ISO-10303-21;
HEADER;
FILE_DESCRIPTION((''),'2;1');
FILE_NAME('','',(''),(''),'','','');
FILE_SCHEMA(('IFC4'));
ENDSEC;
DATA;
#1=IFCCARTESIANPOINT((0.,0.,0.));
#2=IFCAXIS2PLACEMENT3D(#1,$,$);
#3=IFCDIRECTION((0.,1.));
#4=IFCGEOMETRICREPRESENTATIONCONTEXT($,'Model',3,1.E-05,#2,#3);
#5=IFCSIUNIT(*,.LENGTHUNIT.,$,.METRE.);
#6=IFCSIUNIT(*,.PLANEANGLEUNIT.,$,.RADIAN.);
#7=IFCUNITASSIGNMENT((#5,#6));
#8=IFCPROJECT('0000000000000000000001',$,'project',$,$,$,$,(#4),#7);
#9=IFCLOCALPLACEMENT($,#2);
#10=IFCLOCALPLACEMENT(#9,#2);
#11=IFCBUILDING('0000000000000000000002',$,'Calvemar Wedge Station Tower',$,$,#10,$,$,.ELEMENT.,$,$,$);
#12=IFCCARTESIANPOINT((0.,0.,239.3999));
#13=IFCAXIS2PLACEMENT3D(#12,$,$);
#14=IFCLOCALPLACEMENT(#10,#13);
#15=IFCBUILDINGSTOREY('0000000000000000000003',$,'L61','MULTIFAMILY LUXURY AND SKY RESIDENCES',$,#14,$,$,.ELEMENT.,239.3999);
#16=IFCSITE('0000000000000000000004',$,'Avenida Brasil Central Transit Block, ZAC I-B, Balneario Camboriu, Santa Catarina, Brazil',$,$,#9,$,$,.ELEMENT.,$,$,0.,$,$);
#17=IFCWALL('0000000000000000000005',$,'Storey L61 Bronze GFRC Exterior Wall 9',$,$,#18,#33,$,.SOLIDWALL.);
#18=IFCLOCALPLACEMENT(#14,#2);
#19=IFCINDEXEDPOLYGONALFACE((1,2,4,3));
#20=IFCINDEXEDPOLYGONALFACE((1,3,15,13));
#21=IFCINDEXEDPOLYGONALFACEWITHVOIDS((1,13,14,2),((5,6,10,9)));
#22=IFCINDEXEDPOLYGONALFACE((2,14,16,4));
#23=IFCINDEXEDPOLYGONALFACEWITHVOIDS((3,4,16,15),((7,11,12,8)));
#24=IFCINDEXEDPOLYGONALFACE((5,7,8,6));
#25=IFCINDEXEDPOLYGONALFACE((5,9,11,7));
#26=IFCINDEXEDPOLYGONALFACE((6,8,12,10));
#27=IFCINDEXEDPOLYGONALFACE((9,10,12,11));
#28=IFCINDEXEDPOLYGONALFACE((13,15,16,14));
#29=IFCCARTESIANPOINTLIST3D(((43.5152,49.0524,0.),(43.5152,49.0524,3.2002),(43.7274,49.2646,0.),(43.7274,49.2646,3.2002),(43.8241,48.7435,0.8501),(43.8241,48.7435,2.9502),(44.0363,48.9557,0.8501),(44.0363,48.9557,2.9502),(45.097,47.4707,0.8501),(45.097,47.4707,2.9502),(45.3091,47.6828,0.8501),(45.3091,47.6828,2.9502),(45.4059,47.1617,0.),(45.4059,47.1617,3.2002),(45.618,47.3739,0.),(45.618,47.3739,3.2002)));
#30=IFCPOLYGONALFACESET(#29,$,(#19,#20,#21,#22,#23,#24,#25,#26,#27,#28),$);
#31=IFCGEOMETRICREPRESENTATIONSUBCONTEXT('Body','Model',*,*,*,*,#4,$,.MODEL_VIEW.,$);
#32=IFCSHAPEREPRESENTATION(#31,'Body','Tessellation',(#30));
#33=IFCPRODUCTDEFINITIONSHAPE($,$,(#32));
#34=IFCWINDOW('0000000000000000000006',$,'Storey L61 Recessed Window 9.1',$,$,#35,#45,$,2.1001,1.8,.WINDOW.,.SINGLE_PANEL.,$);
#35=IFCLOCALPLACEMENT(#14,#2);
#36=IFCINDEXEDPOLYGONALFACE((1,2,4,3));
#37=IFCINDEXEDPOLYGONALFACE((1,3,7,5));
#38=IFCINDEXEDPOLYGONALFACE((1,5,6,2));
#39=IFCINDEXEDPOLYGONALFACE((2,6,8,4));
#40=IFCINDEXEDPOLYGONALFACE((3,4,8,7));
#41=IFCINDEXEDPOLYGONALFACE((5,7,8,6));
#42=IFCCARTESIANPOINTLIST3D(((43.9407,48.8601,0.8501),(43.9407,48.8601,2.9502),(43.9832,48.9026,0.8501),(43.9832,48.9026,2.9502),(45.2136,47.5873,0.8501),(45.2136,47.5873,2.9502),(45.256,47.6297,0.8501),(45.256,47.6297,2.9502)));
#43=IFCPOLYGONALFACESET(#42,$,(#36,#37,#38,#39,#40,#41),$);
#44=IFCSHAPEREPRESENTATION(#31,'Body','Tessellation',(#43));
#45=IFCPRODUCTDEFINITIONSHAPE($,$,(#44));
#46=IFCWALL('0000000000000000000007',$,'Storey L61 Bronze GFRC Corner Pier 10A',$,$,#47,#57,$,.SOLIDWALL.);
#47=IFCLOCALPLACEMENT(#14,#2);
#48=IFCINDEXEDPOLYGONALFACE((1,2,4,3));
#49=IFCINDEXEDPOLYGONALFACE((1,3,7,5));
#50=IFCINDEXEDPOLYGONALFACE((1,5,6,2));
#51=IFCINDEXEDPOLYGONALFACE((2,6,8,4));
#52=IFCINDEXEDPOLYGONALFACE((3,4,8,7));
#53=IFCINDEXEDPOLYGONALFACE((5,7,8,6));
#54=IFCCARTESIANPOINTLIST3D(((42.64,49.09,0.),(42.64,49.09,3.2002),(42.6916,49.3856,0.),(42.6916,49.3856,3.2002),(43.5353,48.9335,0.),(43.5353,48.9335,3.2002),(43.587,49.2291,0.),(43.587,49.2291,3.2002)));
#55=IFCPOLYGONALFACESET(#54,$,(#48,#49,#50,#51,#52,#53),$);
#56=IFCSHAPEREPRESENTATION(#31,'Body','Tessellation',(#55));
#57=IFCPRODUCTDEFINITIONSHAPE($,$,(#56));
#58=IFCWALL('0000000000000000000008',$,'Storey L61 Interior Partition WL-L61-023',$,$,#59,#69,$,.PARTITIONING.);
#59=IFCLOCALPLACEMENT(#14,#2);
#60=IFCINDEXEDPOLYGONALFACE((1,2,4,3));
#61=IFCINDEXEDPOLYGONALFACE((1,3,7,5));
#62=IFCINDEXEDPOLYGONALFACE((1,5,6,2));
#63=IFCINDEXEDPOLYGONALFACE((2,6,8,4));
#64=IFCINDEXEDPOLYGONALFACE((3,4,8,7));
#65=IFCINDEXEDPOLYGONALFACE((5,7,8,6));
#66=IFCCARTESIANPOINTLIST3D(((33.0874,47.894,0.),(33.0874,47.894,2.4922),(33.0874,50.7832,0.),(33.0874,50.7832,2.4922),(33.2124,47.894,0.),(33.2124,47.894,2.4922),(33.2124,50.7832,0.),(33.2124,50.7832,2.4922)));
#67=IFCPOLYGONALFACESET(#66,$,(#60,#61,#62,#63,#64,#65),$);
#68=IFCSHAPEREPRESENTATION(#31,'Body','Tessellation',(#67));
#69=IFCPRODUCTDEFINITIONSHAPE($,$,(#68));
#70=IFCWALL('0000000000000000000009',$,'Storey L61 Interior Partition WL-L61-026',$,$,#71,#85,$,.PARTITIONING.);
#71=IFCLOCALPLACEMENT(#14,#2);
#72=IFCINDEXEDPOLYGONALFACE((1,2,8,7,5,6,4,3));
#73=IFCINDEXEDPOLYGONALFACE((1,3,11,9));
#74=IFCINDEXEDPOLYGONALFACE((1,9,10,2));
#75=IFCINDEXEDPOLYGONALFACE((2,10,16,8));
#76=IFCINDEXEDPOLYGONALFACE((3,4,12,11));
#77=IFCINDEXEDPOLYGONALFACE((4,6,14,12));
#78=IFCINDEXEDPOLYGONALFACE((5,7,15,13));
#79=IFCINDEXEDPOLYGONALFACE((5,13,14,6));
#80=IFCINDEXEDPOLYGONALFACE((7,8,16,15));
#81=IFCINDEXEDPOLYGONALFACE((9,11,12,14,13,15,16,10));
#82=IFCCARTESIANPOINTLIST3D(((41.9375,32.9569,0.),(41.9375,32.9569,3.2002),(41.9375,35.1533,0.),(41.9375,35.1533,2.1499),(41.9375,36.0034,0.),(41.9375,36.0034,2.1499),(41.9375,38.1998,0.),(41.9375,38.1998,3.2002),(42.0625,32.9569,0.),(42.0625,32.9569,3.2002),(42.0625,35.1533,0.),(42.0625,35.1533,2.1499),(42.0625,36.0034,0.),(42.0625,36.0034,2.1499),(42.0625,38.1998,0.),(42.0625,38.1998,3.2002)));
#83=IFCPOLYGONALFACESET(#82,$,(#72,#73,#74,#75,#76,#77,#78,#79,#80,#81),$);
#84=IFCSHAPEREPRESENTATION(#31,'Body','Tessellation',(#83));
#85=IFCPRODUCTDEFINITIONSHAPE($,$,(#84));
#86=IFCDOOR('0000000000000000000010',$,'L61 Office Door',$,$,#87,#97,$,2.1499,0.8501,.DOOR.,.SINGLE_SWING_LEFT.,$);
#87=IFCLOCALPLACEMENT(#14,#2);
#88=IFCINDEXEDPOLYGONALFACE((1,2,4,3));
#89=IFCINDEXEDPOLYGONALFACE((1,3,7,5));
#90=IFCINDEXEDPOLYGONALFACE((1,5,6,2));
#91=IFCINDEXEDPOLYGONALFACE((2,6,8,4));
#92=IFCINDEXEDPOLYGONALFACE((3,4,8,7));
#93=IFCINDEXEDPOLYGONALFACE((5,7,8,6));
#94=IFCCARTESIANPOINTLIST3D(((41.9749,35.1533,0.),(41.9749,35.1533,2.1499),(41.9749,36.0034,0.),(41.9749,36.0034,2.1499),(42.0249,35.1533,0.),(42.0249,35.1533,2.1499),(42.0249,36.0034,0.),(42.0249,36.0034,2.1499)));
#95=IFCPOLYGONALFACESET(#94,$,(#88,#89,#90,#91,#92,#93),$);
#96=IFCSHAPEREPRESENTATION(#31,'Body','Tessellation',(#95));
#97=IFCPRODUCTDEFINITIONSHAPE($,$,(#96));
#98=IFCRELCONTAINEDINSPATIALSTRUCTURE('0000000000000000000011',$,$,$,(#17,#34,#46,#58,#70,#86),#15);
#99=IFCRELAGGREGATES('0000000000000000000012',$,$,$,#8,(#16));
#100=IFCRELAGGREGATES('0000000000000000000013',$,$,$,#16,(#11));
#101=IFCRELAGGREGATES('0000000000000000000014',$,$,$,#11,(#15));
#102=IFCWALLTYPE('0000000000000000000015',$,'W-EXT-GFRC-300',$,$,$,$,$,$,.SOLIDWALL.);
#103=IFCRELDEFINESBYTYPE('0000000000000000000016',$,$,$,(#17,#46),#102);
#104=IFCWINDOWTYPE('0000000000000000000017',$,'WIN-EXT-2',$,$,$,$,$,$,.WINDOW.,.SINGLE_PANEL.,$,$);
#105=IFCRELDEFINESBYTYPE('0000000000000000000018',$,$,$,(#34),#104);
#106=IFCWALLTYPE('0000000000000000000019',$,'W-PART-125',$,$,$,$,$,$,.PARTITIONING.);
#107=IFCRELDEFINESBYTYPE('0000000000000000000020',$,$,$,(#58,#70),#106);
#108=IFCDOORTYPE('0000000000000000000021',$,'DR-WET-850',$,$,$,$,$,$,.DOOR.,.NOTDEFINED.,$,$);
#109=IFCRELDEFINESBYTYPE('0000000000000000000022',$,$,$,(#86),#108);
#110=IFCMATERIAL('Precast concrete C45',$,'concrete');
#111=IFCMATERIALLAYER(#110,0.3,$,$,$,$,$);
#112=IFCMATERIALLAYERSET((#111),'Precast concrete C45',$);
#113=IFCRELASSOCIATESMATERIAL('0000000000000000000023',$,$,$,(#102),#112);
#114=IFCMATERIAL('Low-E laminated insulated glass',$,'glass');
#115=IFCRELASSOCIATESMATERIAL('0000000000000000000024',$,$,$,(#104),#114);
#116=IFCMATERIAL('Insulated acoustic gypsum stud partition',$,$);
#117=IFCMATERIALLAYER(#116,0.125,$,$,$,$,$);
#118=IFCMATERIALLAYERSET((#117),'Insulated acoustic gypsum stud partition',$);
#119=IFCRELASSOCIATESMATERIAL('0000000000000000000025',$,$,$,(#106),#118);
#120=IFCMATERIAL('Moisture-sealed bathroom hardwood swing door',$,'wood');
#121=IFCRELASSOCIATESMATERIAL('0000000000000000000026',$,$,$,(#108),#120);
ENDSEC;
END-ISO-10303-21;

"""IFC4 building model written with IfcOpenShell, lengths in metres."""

from ifc_helpers import new_model, si_unit, direction, frame, frame_2d, origin, place, context, subcontext, project, spatial, rectangle, extrude, source, transform, mapped, material, layer, layer_set, type_object, element, fill, save


model = new_model("IFC4")

# Units and contexts
model_context = context("Model", 3, precision=1e-05, world=origin(), true_north=direction((0.0, 1.0)))
body_context = subcontext(model_context, "Body", "Model", "MODEL_VIEW")
ifc_project = project(units=[si_unit("LENGTHUNIT", "METRE"), si_unit("PLANEANGLEUNIT", "RADIAN")], contexts=[model_context])

# Site, building, storey
site_placement = place(None, origin())
site = spatial("IfcSite", under=ifc_project, at=site_placement, Name="Avenida Brasil Central Transit Block, ZAC I-B, Balneario Camboriu, Santa Catarina, Brazil", CompositionType="ELEMENT", RefElevation=0.0)
building_placement = place(site_placement, origin())
building = spatial("IfcBuilding", under=site, at=building_placement, Name="Calvemar Wedge Station Tower", CompositionType="ELEMENT")
storey_placement = place(building_placement, frame((0.0, 0.0, 239.3999)))
storey = spatial("IfcBuildingStorey", under=building, at=storey_placement, Name="L61", Description="MULTIFAMILY LUXURY AND SKY RESIDENCES", CompositionType="ELEMENT", Elevation=239.3999)

# Shared definitions
ifc_material_1 = material(Name="Low-E laminated insulated glass", Category="glass")

# Wall, opening, window
ifc_material_2 = material(Name="Precast concrete C45", Category="concrete")
ifc_layer_1 = layer(ifc_material_2, 0.3)
ifc_layer_set_1 = layer_set([ifc_layer_1], Name="Precast concrete C45")
wall_type_1 = type_object("IfcWallType", Name="W-EXT-GFRC-300", PredefinedType="SOLIDWALL", material=ifc_layer_set_1)
wall_1_placement = place(storey_placement, frame((45.512, 47.2678, 0.0), z_axis=(0.0, 0.0, 1.0), x_axis=(-0.707107, 0.707107, 0.0)))
wall_1 = element("IfcWall", 1, at=wall_1_placement, inside=storey, type_object=wall_type_1, Name="Storey L61 Bronze GFRC Exterior Wall 9", PredefinedType="SOLIDWALL", context=body_context, shape_type="SweptSolid", body=[
    extrude(rectangle(XDim=2.6738, YDim=0.3, at=frame_2d((1.3369, 0.0))), origin(), (0.0, 0.0, 1.0), 3.2002),
])
shared_shape_1 = source(origin(), body_context, "Body", "SweptSolid", [
    extrude(rectangle(XDim=1.8, YDim=2.1001, at=frame_2d((0.8999, 1.05))), frame((0.0, 0.1602, 0.0), z_axis=(0.0, -1.0, 0.0), x_axis=(1.0, 0.0, 0.0)), (0.0, 0.0, 1.0), 0.3201),
])
opening_1_placement = place(wall_1_placement, frame((0.437, 0.0, 0.8501)))
opening_1 = element("IfcOpeningElement", 2, at=opening_1_placement, cuts=wall_1, PredefinedType="OPENING", context=body_context, shape_type="MappedRepresentation", body=[
    mapped(shared_shape_1, transform((0.0, 0.0, 0.0), scale=1.0)),
])
window_type = type_object("IfcWindowType", Name="WIN-EXT-2", PartitioningType="SINGLE_PANEL", PredefinedType="WINDOW", material=ifc_material_1)
shared_shape_2 = source(origin(), body_context, "Body", "SweptSolid", [
    extrude(rectangle(XDim=1.8, YDim=2.1001, at=frame_2d((0.8999, 1.05))), frame((0.0, -0.0149, 0.0), z_axis=(0.0, -1.0, 0.0), x_axis=(1.0, 0.0, 0.0)), (0.0, 0.0, 1.0), 0.0601),
])
window_placement = place(opening_1_placement, origin())
window = element("IfcWindow", 3, at=window_placement, inside=storey, type_object=window_type, Name="Storey L61 Recessed Window 9.1", OverallHeight=2.1001, OverallWidth=1.8, PartitioningType="SINGLE_PANEL", PredefinedType="WINDOW", context=body_context, shape_type="MappedRepresentation", body=[
    mapped(shared_shape_2, transform((0.0, 0.0, 0.0), scale=1.0)),
])
fill(opening_1, window)

# Walls
wall_2_placement = place(storey_placement, frame((43.5613, 49.0813, 0.0), z_axis=(0.0, 0.0, 1.0), x_axis=(-0.985064, 0.172191, 0.0)))
element("IfcWall", 4, at=wall_2_placement, inside=storey, type_object=wall_type_1, Name="Storey L61 Bronze GFRC Corner Pier 10A", PredefinedType="SOLIDWALL", context=body_context, shape_type="SweptSolid", body=[
    extrude(rectangle(XDim=0.9089, YDim=0.3, at=frame_2d((0.4546, 0.0))), origin(), (0.0, 0.0, 1.0), 3.2002),
])
ifc_material_3 = material(Name="Insulated acoustic gypsum stud partition")
ifc_layer_2 = layer(ifc_material_3, 0.125)
ifc_layer_set_2 = layer_set([ifc_layer_2], Name="Insulated acoustic gypsum stud partition")
wall_type_2 = type_object("IfcWallType", Name="W-PART-125", PredefinedType="PARTITIONING", material=ifc_layer_set_2)
wall_3_placement = place(storey_placement, frame((33.1499, 50.7832, 0.0), z_axis=(0.0, 0.0, 1.0), x_axis=(0.0, -1.0, 0.0)))
element("IfcWall", 5, at=wall_3_placement, inside=storey, type_object=wall_type_2, Name="Storey L61 Interior Partition WL-L61-023", PredefinedType="PARTITIONING", context=body_context, shape_type="SweptSolid", body=[
    extrude(rectangle(XDim=2.8892, YDim=0.125, at=frame_2d((1.4446, 0.0))), origin(), (0.0, 0.0, 1.0), 2.4922),
])

# Wall, opening, door
wall_4_placement = place(storey_placement, frame((42.0, 38.2, 0.0), z_axis=(0.0, 0.0, 1.0), x_axis=(0.0, -1.0, 0.0)))
wall_4 = element("IfcWall", 6, at=wall_4_placement, inside=storey, type_object=wall_type_2, Name="Storey L61 Interior Partition WL-L61-026", PredefinedType="PARTITIONING", context=body_context, shape_type="SweptSolid", body=[
    extrude(rectangle(XDim=5.2429, YDim=0.125, at=frame_2d((2.6216, 0.0))), origin(), (0.0, 0.0, 1.0), 3.2002),
])
shared_shape_3 = source(origin(), body_context, "Body", "SweptSolid", [
    extrude(rectangle(XDim=0.8501, YDim=2.1499, at=frame_2d((0.425, 1.075))), frame((0.0, 0.0725, 0.0), z_axis=(0.0, -1.0, 0.0), x_axis=(1.0, 0.0, 0.0)), (0.0, 0.0, 1.0), 0.145),
])
opening_2_placement = place(wall_4_placement, frame((2.1965, 0.0, 0.0)))
opening_2 = element("IfcOpeningElement", 7, at=opening_2_placement, cuts=wall_4, PredefinedType="OPENING", context=body_context, shape_type="MappedRepresentation", body=[
    mapped(shared_shape_3, transform((0.0, 0.0, 0.0), scale=1.0)),
])
ifc_material_4 = material(Name="Moisture-sealed bathroom hardwood swing door", Category="wood")
door_type_1 = type_object("IfcDoorType", Name="DR-WET-850", OperationType="NOTDEFINED", PredefinedType="DOOR", material=ifc_material_4)
shared_shape_4 = source(origin(), body_context, "Body", "SweptSolid", [
    extrude(rectangle(XDim=0.8501, YDim=2.1499, at=frame_2d((0.425, 1.075))), frame((0.0, 0.0249, 0.0), z_axis=(0.0, -1.0, 0.0), x_axis=(1.0, 0.0, 0.0)), (0.0, 0.0, 1.0), 0.05),
])
door_1_placement = place(opening_2_placement, origin())
door_1 = element("IfcDoor", 8, at=door_1_placement, inside=storey, type_object=door_type_1, Name="L61 Office Door", OperationType="SINGLE_SWING_LEFT", OverallHeight=2.1499, OverallWidth=0.8501, PredefinedType="DOOR", context=body_context, shape_type="MappedRepresentation", body=[
    mapped(shared_shape_4, transform((0.0, 0.0, 0.0), scale=1.0)),
])
fill(opening_2, door_1)

save(model, "model.ifc")
